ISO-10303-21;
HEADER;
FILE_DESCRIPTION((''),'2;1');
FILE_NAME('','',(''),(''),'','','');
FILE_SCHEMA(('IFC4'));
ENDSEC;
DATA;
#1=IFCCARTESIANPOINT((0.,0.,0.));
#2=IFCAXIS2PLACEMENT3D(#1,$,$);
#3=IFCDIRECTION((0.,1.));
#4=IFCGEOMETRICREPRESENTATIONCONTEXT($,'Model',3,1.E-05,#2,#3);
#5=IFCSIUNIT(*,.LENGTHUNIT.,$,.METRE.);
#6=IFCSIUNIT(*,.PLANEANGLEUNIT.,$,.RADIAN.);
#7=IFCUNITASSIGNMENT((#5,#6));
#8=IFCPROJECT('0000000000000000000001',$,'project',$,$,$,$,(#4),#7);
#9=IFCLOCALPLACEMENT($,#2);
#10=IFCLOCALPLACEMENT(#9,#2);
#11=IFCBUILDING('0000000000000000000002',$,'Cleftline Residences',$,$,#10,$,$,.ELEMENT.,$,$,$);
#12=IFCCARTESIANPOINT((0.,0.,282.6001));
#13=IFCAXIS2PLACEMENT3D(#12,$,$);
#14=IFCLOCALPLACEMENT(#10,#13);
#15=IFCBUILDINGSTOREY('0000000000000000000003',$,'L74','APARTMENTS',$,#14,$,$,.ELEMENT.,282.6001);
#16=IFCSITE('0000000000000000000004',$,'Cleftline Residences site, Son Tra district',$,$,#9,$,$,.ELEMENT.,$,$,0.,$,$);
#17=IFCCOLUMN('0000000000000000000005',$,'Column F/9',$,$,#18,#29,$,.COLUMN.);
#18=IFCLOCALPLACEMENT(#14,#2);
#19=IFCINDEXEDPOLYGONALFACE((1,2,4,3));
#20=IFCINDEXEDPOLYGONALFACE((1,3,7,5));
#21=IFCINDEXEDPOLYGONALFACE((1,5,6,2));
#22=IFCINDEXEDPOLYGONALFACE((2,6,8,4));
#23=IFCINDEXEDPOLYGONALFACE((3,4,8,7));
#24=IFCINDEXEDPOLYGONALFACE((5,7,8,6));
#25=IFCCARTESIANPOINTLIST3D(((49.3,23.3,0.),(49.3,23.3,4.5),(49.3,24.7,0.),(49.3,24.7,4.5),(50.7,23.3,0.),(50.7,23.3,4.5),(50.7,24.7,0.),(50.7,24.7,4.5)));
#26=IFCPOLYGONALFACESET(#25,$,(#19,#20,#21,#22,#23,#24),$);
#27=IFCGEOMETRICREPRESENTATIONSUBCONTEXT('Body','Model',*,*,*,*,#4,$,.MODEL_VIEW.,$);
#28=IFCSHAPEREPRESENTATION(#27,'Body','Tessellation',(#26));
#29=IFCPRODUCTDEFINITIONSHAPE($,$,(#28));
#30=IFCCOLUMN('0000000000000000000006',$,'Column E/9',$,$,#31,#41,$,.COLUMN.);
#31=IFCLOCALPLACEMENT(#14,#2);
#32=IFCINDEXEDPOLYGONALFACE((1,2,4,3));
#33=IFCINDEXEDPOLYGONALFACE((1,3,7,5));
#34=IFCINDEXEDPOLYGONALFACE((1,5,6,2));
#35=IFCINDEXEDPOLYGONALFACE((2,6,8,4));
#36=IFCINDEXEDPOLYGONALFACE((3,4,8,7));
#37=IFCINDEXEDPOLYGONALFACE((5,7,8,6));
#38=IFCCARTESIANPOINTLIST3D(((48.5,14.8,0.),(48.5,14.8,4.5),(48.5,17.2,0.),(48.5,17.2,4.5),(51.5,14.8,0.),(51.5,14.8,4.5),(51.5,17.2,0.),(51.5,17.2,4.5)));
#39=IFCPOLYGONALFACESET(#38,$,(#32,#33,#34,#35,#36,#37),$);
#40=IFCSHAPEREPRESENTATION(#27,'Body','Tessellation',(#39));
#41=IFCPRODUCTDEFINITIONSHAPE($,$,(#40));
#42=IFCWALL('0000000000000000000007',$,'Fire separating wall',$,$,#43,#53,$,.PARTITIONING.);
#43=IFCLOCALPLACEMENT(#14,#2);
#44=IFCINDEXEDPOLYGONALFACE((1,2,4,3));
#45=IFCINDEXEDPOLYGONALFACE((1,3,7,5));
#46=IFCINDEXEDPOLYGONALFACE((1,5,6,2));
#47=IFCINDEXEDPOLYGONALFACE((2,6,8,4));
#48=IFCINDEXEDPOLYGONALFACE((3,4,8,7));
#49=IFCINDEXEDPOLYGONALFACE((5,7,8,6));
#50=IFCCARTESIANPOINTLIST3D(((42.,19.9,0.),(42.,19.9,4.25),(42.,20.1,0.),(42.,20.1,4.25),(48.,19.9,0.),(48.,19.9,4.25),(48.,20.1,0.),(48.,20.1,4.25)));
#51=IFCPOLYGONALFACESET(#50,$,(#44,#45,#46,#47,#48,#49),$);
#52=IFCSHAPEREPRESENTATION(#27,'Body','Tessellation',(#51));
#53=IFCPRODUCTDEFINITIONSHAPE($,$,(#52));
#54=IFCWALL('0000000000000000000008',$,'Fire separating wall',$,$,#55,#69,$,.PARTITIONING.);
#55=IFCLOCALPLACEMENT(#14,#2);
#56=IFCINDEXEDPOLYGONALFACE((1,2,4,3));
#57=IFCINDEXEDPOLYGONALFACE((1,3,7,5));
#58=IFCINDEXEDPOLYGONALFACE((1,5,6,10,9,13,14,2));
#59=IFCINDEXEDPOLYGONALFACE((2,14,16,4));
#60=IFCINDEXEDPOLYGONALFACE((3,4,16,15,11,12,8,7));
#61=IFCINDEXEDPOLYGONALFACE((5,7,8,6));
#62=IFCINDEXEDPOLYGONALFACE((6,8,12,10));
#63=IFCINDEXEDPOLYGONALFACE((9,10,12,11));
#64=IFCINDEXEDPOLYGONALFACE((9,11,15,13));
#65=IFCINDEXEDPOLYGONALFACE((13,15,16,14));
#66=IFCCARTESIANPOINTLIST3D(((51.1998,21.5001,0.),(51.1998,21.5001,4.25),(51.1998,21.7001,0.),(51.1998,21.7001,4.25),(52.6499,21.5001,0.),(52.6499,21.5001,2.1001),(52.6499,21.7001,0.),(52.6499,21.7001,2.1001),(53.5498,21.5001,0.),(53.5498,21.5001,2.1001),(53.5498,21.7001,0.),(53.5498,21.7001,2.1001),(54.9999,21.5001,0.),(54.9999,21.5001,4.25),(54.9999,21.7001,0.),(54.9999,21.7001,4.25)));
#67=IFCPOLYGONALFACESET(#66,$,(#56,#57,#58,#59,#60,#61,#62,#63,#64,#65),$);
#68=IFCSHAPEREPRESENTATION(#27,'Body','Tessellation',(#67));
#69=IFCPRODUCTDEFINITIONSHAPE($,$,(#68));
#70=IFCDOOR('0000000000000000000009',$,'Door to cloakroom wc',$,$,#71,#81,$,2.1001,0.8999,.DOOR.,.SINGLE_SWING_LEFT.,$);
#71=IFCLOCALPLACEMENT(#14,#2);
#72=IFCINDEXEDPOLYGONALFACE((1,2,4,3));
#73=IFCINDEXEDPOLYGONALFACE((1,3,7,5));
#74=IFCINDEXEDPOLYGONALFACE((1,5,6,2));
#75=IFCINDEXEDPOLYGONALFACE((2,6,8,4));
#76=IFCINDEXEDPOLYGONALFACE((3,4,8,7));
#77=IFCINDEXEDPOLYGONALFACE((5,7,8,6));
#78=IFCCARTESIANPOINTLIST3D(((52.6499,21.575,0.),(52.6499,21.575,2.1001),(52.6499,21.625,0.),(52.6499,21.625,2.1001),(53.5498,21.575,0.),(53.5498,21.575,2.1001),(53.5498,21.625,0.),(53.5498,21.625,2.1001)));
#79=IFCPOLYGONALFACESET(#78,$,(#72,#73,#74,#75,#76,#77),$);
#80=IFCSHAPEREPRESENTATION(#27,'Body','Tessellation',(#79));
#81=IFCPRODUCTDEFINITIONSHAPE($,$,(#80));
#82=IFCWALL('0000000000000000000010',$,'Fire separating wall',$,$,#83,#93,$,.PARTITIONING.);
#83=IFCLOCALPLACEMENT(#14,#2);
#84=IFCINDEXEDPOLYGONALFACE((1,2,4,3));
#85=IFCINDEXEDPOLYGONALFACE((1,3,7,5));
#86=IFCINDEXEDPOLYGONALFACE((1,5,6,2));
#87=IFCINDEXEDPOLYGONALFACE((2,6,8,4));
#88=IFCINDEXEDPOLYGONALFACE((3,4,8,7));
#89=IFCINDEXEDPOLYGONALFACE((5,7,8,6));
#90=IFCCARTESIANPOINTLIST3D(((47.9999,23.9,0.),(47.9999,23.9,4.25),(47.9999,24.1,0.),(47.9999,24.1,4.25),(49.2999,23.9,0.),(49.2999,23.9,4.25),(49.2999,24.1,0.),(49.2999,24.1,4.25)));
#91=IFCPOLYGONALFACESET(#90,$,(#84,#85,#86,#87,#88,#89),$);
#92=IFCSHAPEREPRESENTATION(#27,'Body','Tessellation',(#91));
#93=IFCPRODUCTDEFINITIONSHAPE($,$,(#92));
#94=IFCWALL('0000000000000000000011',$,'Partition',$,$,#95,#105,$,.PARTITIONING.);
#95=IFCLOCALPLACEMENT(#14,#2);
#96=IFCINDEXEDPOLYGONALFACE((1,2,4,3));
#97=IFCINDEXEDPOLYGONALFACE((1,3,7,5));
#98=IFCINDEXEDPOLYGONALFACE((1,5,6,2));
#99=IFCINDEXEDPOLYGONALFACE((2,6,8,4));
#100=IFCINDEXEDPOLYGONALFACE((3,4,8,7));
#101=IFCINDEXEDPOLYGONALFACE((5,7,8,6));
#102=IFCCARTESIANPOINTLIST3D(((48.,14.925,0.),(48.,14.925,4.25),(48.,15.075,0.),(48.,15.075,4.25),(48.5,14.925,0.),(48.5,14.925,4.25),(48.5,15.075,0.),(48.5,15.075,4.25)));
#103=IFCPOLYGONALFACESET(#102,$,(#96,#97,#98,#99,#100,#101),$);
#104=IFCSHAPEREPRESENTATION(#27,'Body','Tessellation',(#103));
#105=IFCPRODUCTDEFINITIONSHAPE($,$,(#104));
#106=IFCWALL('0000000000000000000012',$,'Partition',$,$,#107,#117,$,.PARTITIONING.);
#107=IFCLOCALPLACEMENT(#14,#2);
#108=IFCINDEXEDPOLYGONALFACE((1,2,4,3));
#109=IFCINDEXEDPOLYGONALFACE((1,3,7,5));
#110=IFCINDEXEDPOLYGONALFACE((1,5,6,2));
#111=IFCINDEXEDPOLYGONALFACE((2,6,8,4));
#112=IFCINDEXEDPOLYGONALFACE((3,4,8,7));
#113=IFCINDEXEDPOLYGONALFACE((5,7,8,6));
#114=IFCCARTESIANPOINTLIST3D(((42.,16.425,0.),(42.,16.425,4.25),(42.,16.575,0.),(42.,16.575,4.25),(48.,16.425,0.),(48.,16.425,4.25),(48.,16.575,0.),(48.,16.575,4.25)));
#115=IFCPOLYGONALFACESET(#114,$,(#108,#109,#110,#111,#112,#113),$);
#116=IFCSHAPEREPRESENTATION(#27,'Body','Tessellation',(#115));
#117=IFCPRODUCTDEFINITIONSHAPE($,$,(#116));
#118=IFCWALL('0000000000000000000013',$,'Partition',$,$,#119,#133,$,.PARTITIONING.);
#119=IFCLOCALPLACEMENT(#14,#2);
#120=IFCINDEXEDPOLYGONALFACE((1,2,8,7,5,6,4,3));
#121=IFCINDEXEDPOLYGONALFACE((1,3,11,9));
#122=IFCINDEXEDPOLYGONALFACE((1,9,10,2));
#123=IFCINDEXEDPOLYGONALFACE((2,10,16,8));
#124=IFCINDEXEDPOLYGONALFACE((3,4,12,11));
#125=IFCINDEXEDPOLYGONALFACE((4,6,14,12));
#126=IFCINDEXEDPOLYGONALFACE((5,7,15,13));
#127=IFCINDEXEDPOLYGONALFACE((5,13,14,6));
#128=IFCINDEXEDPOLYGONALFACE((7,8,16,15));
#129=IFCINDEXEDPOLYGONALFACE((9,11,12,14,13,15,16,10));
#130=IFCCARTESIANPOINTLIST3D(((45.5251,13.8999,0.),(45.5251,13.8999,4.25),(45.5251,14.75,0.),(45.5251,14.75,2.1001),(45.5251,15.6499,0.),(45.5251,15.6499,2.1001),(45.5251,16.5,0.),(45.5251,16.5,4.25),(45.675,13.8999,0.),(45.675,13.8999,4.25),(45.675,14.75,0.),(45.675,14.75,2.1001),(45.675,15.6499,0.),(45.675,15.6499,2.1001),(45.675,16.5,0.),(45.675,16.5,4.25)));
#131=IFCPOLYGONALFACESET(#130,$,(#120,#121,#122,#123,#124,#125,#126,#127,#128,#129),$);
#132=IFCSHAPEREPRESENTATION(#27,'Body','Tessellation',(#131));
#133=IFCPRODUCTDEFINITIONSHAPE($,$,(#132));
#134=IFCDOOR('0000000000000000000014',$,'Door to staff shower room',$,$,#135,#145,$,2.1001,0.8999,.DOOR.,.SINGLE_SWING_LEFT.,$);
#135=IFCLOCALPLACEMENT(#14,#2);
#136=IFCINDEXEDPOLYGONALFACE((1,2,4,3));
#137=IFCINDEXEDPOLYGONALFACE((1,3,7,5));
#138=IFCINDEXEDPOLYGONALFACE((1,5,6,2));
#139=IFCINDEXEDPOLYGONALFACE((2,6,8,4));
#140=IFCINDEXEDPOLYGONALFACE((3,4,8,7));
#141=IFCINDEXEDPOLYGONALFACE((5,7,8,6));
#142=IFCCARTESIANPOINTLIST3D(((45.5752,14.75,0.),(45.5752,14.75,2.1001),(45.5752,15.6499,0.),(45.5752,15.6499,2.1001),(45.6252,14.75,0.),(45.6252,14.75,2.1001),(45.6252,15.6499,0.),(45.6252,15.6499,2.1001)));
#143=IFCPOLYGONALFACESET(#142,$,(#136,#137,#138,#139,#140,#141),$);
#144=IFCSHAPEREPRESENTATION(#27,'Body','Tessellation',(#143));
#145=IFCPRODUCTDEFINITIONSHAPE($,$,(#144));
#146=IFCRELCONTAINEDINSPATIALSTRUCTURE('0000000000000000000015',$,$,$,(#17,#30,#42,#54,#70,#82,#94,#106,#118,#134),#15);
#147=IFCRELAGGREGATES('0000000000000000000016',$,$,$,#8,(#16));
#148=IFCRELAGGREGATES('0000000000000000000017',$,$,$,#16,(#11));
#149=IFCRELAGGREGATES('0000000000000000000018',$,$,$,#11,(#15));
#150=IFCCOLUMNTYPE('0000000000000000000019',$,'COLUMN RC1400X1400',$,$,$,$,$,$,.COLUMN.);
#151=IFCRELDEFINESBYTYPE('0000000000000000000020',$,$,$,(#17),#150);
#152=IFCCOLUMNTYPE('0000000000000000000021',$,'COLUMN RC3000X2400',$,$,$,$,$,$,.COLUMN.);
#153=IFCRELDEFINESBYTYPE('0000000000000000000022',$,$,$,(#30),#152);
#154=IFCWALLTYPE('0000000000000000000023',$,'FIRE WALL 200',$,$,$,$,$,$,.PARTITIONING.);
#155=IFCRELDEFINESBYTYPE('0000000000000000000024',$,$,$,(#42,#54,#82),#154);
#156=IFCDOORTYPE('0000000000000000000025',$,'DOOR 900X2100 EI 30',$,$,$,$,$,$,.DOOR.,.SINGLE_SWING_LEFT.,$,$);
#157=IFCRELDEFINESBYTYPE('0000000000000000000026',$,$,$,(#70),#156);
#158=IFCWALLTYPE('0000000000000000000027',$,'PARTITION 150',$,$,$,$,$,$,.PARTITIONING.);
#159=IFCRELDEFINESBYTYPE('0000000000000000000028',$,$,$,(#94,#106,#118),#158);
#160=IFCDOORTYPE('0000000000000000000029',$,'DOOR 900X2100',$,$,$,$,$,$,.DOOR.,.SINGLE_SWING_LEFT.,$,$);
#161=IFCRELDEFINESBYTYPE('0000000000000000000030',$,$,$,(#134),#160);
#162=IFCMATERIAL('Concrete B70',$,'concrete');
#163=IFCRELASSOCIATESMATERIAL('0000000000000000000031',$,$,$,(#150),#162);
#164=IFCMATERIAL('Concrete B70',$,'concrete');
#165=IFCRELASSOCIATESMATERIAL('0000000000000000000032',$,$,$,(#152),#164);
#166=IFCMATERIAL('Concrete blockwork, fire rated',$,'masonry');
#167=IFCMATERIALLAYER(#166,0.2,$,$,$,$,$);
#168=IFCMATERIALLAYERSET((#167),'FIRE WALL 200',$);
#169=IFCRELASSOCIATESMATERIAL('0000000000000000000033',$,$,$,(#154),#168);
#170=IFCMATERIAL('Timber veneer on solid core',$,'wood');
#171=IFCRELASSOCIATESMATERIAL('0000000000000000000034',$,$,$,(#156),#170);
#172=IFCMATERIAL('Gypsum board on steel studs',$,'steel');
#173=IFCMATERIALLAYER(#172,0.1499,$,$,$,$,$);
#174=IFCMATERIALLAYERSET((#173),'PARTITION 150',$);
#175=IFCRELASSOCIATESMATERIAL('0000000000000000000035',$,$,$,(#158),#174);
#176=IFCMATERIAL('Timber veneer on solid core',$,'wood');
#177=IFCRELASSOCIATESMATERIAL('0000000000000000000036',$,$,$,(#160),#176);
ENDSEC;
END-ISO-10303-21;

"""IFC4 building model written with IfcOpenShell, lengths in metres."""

from ifc_helpers import new_model, si_unit, direction, frame, frame_2d, origin, origin_2d, place, context, subcontext, project, spatial, rectangle, extrude, material, layer, layer_set, material_profile, profile_set, type_object, element, fill, save


model = new_model("IFC4")

# Units and contexts
model_context = context("Model", 3, precision=1e-05, world=origin(), true_north=direction((0.0, 1.0)))
body_context = subcontext(model_context, "Body", "Model", "MODEL_VIEW")
ifc_project = project(units=[si_unit("LENGTHUNIT", "METRE"), si_unit("PLANEANGLEUNIT", "RADIAN")], contexts=[model_context])

# Site, building, storey
site_placement = place(None, origin())
site = spatial("IfcSite", under=ifc_project, at=site_placement, Name="Cleftline Residences site, Son Tra district", CompositionType="ELEMENT", RefElevation=0.0)
building_placement = place(site_placement, origin())
building = spatial("IfcBuilding", under=site, at=building_placement, Name="Cleftline Residences", CompositionType="ELEMENT")
storey_placement = place(building_placement, frame((0.0, 0.0, 282.6001)))
storey = spatial("IfcBuildingStorey", under=building, at=storey_placement, Name="L74", Description="APARTMENTS", CompositionType="ELEMENT", Elevation=282.6001)

# Columns
ifc_material_1 = material(Name="Concrete B70", Category="concrete")
ifc_material_profile_1 = material_profile(ifc_material_1, rectangle(XDim=1.3999, YDim=1.3999, at=origin_2d()))
ifc_profile_set_1 = profile_set([ifc_material_profile_1], Name="Concrete B70")
column_type_1 = type_object("IfcColumnType", Name="COLUMN RC1400X1400", PredefinedType="COLUMN", material=ifc_profile_set_1)
column_1_placement = place(storey_placement, frame((50.0, 24.0, 0.0), z_axis=(0.0, 0.0, 1.0), x_axis=(1.0, 0.0, 0.0)))
element("IfcColumn", 1, at=column_1_placement, inside=storey, type_object=column_type_1, Name="Column F/9", PredefinedType="COLUMN", context=body_context, shape_type="SweptSolid", body=[
    extrude(rectangle(XDim=1.3999, YDim=1.3999, at=origin_2d()), origin(), (0.0, 0.0, 1.0), 4.5),
])
ifc_material_2 = material(Name="Concrete B70", Category="concrete")
ifc_material_profile_2 = material_profile(ifc_material_2, rectangle(XDim=3.0, YDim=2.3999, at=origin_2d()))
ifc_profile_set_2 = profile_set([ifc_material_profile_2], Name="Concrete B70")
column_type_2 = type_object("IfcColumnType", Name="COLUMN RC3000X2400", PredefinedType="COLUMN", material=ifc_profile_set_2)
column_2_placement = place(storey_placement, frame((50.0, 16.0, 0.0), z_axis=(0.0, 0.0, 1.0), x_axis=(1.0, 0.0, 0.0)))
element("IfcColumn", 2, at=column_2_placement, inside=storey, type_object=column_type_2, Name="Column E/9", PredefinedType="COLUMN", context=body_context, shape_type="SweptSolid", body=[
    extrude(rectangle(XDim=3.0, YDim=2.3999, at=origin_2d()), origin(), (0.0, 0.0, 1.0), 4.5),
])

# Wall
ifc_material_3 = material(Name="Concrete blockwork, fire rated", Category="masonry")
ifc_layer_1 = layer(ifc_material_3, 0.2)
ifc_layer_set_1 = layer_set([ifc_layer_1], Name="FIRE WALL 200")
wall_type_1 = type_object("IfcWallType", Name="FIRE WALL 200", PredefinedType="PARTITIONING", material=ifc_layer_set_1)
wall_1_placement = place(storey_placement, frame((42.0, 20.0, 0.0), z_axis=(0.0, 0.0, 1.0), x_axis=(1.0, 0.0, 0.0)))
element("IfcWall", 3, at=wall_1_placement, inside=storey, type_object=wall_type_1, Name="Fire separating wall", PredefinedType="PARTITIONING", context=body_context, shape_type="SweptSolid", body=[
    extrude(rectangle(XDim=6.0, YDim=0.2, at=frame_2d((3.0, 0.0))), origin(), (0.0, 0.0, 1.0), 4.25),
])

# Wall, opening, door
wall_2_placement = place(storey_placement, frame((51.2, 21.6001, 0.0), z_axis=(0.0, 0.0, 1.0), x_axis=(1.0, 0.0, 0.0)))
wall_2 = element("IfcWall", 4, at=wall_2_placement, inside=storey, type_object=wall_type_1, Name="Fire separating wall", PredefinedType="PARTITIONING", context=body_context, shape_type="SweptSolid", body=[
    extrude(rectangle(XDim=3.8, YDim=0.2, at=frame_2d((1.8999, 0.0))), origin(), (0.0, 0.0, 1.0), 4.25),
])
opening_1_placement = place(wall_2_placement, frame((1.45, 0.0, 0.0)))
opening_1 = element("IfcOpeningElement", 5, at=opening_1_placement, cuts=wall_2, PredefinedType="OPENING", context=body_context, shape_type="SweptSolid", body=[
    extrude(rectangle(XDim=0.8999, YDim=2.1001, at=frame_2d((0.45, 1.05))), frame((0.0, 0.1099, 0.0), z_axis=(0.0, -1.0, 0.0), x_axis=(1.0, 0.0, 0.0)), (0.0, 0.0, 1.0), 0.22),
])
ifc_material_4 = material(Name="Timber veneer on solid core", Category="wood")
door_type_1 = type_object("IfcDoorType", Name="DOOR 900X2100 EI 30", OperationType="SINGLE_SWING_LEFT", PredefinedType="DOOR", material=ifc_material_4)
door_1_placement = place(opening_1_placement, origin())
door_1 = element("IfcDoor", 6, at=door_1_placement, inside=storey, type_object=door_type_1, Name="Door to cloakroom wc", OperationType="SINGLE_SWING_LEFT", OverallHeight=2.1001, OverallWidth=0.8999, PredefinedType="DOOR", context=body_context, shape_type="SweptSolid", body=[
    extrude(rectangle(XDim=0.8999, YDim=2.1001, at=frame_2d((0.45, 1.05))), frame((0.0, 0.0249, 0.0), z_axis=(0.0, -1.0, 0.0), x_axis=(1.0, 0.0, 0.0)), (0.0, 0.0, 1.0), 0.05),
])
fill(opening_1, door_1)

# Walls
wall_3_placement = place(storey_placement, frame((48.0, 24.0, 0.0), z_axis=(0.0, 0.0, 1.0), x_axis=(1.0, 0.0, 0.0)))
element("IfcWall", 7, at=wall_3_placement, inside=storey, type_object=wall_type_1, Name="Fire separating wall", PredefinedType="PARTITIONING", context=body_context, shape_type="SweptSolid", body=[
    extrude(rectangle(XDim=1.3, YDim=0.2, at=frame_2d((0.6499, 0.0))), origin(), (0.0, 0.0, 1.0), 4.25),
])
ifc_material_5 = material(Name="Gypsum board on steel studs", Category="steel")
ifc_layer_2 = layer(ifc_material_5, 0.1499)
ifc_layer_set_2 = layer_set([ifc_layer_2], Name="PARTITION 150")
wall_type_2 = type_object("IfcWallType", Name="PARTITION 150", PredefinedType="PARTITIONING", material=ifc_layer_set_2)
wall_4_placement = place(storey_placement, frame((48.0, 15.0, 0.0), z_axis=(0.0, 0.0, 1.0), x_axis=(1.0, 0.0, 0.0)))
element("IfcWall", 8, at=wall_4_placement, inside=storey, type_object=wall_type_2, Name="Partition", PredefinedType="PARTITIONING", context=body_context, shape_type="SweptSolid", body=[
    extrude(rectangle(XDim=0.5, YDim=0.1499, at=frame_2d((0.25, 0.0))), origin(), (0.0, 0.0, 1.0), 4.25),
])
wall_5_placement = place(storey_placement, frame((42.0, 16.5, 0.0), z_axis=(0.0, 0.0, 1.0), x_axis=(1.0, 0.0, 0.0)))
element("IfcWall", 9, at=wall_5_placement, inside=storey, type_object=wall_type_2, Name="Partition", PredefinedType="PARTITIONING", context=body_context, shape_type="SweptSolid", body=[
    extrude(rectangle(XDim=6.0, YDim=0.1499, at=frame_2d((3.0, 0.0))), origin(), (0.0, 0.0, 1.0), 4.25),
])

# Wall, opening, door
wall_6_placement = place(storey_placement, frame((45.6001, 13.8999, 0.0), z_axis=(0.0, 0.0, 1.0), x_axis=(0.0, 1.0, 0.0)))
wall_6 = element("IfcWall", 10, at=wall_6_placement, inside=storey, type_object=wall_type_2, Name="Partition", PredefinedType="PARTITIONING", context=body_context, shape_type="SweptSolid", body=[
    extrude(rectangle(XDim=2.6001, YDim=0.1499, at=frame_2d((1.3, 0.0))), origin(), (0.0, 0.0, 1.0), 4.25),
])
opening_2_placement = place(wall_6_placement, frame((0.8501, 0.0, 0.0)))
opening_2 = element("IfcOpeningElement", 11, at=opening_2_placement, cuts=wall_6, PredefinedType="OPENING", context=body_context, shape_type="SweptSolid", body=[
    extrude(rectangle(XDim=0.8999, YDim=2.1001, at=frame_2d((0.45, 1.05))), frame((0.0, 0.085, 0.0), z_axis=(0.0, -1.0, 0.0), x_axis=(1.0, 0.0, 0.0)), (0.0, 0.0, 1.0), 0.1699),
])
ifc_material_6 = material(Name="Timber veneer on solid core", Category="wood")
door_type_2 = type_object("IfcDoorType", Name="DOOR 900X2100", OperationType="SINGLE_SWING_LEFT", PredefinedType="DOOR", material=ifc_material_6)
door_2_placement = place(opening_2_placement, origin())
door_2 = element("IfcDoor", 12, at=door_2_placement, inside=storey, type_object=door_type_2, Name="Door to staff shower room", OperationType="SINGLE_SWING_LEFT", OverallHeight=2.1001, OverallWidth=0.8999, PredefinedType="DOOR", context=body_context, shape_type="SweptSolid", body=[
    extrude(rectangle(XDim=0.8999, YDim=2.1001, at=frame_2d((0.45, 1.05))), frame((0.0, 0.0249, 0.0), z_axis=(0.0, -1.0, 0.0), x_axis=(1.0, 0.0, 0.0)), (0.0, 0.0, 1.0), 0.05),
])
fill(opening_2, door_2)

save(model, "model.ifc")
